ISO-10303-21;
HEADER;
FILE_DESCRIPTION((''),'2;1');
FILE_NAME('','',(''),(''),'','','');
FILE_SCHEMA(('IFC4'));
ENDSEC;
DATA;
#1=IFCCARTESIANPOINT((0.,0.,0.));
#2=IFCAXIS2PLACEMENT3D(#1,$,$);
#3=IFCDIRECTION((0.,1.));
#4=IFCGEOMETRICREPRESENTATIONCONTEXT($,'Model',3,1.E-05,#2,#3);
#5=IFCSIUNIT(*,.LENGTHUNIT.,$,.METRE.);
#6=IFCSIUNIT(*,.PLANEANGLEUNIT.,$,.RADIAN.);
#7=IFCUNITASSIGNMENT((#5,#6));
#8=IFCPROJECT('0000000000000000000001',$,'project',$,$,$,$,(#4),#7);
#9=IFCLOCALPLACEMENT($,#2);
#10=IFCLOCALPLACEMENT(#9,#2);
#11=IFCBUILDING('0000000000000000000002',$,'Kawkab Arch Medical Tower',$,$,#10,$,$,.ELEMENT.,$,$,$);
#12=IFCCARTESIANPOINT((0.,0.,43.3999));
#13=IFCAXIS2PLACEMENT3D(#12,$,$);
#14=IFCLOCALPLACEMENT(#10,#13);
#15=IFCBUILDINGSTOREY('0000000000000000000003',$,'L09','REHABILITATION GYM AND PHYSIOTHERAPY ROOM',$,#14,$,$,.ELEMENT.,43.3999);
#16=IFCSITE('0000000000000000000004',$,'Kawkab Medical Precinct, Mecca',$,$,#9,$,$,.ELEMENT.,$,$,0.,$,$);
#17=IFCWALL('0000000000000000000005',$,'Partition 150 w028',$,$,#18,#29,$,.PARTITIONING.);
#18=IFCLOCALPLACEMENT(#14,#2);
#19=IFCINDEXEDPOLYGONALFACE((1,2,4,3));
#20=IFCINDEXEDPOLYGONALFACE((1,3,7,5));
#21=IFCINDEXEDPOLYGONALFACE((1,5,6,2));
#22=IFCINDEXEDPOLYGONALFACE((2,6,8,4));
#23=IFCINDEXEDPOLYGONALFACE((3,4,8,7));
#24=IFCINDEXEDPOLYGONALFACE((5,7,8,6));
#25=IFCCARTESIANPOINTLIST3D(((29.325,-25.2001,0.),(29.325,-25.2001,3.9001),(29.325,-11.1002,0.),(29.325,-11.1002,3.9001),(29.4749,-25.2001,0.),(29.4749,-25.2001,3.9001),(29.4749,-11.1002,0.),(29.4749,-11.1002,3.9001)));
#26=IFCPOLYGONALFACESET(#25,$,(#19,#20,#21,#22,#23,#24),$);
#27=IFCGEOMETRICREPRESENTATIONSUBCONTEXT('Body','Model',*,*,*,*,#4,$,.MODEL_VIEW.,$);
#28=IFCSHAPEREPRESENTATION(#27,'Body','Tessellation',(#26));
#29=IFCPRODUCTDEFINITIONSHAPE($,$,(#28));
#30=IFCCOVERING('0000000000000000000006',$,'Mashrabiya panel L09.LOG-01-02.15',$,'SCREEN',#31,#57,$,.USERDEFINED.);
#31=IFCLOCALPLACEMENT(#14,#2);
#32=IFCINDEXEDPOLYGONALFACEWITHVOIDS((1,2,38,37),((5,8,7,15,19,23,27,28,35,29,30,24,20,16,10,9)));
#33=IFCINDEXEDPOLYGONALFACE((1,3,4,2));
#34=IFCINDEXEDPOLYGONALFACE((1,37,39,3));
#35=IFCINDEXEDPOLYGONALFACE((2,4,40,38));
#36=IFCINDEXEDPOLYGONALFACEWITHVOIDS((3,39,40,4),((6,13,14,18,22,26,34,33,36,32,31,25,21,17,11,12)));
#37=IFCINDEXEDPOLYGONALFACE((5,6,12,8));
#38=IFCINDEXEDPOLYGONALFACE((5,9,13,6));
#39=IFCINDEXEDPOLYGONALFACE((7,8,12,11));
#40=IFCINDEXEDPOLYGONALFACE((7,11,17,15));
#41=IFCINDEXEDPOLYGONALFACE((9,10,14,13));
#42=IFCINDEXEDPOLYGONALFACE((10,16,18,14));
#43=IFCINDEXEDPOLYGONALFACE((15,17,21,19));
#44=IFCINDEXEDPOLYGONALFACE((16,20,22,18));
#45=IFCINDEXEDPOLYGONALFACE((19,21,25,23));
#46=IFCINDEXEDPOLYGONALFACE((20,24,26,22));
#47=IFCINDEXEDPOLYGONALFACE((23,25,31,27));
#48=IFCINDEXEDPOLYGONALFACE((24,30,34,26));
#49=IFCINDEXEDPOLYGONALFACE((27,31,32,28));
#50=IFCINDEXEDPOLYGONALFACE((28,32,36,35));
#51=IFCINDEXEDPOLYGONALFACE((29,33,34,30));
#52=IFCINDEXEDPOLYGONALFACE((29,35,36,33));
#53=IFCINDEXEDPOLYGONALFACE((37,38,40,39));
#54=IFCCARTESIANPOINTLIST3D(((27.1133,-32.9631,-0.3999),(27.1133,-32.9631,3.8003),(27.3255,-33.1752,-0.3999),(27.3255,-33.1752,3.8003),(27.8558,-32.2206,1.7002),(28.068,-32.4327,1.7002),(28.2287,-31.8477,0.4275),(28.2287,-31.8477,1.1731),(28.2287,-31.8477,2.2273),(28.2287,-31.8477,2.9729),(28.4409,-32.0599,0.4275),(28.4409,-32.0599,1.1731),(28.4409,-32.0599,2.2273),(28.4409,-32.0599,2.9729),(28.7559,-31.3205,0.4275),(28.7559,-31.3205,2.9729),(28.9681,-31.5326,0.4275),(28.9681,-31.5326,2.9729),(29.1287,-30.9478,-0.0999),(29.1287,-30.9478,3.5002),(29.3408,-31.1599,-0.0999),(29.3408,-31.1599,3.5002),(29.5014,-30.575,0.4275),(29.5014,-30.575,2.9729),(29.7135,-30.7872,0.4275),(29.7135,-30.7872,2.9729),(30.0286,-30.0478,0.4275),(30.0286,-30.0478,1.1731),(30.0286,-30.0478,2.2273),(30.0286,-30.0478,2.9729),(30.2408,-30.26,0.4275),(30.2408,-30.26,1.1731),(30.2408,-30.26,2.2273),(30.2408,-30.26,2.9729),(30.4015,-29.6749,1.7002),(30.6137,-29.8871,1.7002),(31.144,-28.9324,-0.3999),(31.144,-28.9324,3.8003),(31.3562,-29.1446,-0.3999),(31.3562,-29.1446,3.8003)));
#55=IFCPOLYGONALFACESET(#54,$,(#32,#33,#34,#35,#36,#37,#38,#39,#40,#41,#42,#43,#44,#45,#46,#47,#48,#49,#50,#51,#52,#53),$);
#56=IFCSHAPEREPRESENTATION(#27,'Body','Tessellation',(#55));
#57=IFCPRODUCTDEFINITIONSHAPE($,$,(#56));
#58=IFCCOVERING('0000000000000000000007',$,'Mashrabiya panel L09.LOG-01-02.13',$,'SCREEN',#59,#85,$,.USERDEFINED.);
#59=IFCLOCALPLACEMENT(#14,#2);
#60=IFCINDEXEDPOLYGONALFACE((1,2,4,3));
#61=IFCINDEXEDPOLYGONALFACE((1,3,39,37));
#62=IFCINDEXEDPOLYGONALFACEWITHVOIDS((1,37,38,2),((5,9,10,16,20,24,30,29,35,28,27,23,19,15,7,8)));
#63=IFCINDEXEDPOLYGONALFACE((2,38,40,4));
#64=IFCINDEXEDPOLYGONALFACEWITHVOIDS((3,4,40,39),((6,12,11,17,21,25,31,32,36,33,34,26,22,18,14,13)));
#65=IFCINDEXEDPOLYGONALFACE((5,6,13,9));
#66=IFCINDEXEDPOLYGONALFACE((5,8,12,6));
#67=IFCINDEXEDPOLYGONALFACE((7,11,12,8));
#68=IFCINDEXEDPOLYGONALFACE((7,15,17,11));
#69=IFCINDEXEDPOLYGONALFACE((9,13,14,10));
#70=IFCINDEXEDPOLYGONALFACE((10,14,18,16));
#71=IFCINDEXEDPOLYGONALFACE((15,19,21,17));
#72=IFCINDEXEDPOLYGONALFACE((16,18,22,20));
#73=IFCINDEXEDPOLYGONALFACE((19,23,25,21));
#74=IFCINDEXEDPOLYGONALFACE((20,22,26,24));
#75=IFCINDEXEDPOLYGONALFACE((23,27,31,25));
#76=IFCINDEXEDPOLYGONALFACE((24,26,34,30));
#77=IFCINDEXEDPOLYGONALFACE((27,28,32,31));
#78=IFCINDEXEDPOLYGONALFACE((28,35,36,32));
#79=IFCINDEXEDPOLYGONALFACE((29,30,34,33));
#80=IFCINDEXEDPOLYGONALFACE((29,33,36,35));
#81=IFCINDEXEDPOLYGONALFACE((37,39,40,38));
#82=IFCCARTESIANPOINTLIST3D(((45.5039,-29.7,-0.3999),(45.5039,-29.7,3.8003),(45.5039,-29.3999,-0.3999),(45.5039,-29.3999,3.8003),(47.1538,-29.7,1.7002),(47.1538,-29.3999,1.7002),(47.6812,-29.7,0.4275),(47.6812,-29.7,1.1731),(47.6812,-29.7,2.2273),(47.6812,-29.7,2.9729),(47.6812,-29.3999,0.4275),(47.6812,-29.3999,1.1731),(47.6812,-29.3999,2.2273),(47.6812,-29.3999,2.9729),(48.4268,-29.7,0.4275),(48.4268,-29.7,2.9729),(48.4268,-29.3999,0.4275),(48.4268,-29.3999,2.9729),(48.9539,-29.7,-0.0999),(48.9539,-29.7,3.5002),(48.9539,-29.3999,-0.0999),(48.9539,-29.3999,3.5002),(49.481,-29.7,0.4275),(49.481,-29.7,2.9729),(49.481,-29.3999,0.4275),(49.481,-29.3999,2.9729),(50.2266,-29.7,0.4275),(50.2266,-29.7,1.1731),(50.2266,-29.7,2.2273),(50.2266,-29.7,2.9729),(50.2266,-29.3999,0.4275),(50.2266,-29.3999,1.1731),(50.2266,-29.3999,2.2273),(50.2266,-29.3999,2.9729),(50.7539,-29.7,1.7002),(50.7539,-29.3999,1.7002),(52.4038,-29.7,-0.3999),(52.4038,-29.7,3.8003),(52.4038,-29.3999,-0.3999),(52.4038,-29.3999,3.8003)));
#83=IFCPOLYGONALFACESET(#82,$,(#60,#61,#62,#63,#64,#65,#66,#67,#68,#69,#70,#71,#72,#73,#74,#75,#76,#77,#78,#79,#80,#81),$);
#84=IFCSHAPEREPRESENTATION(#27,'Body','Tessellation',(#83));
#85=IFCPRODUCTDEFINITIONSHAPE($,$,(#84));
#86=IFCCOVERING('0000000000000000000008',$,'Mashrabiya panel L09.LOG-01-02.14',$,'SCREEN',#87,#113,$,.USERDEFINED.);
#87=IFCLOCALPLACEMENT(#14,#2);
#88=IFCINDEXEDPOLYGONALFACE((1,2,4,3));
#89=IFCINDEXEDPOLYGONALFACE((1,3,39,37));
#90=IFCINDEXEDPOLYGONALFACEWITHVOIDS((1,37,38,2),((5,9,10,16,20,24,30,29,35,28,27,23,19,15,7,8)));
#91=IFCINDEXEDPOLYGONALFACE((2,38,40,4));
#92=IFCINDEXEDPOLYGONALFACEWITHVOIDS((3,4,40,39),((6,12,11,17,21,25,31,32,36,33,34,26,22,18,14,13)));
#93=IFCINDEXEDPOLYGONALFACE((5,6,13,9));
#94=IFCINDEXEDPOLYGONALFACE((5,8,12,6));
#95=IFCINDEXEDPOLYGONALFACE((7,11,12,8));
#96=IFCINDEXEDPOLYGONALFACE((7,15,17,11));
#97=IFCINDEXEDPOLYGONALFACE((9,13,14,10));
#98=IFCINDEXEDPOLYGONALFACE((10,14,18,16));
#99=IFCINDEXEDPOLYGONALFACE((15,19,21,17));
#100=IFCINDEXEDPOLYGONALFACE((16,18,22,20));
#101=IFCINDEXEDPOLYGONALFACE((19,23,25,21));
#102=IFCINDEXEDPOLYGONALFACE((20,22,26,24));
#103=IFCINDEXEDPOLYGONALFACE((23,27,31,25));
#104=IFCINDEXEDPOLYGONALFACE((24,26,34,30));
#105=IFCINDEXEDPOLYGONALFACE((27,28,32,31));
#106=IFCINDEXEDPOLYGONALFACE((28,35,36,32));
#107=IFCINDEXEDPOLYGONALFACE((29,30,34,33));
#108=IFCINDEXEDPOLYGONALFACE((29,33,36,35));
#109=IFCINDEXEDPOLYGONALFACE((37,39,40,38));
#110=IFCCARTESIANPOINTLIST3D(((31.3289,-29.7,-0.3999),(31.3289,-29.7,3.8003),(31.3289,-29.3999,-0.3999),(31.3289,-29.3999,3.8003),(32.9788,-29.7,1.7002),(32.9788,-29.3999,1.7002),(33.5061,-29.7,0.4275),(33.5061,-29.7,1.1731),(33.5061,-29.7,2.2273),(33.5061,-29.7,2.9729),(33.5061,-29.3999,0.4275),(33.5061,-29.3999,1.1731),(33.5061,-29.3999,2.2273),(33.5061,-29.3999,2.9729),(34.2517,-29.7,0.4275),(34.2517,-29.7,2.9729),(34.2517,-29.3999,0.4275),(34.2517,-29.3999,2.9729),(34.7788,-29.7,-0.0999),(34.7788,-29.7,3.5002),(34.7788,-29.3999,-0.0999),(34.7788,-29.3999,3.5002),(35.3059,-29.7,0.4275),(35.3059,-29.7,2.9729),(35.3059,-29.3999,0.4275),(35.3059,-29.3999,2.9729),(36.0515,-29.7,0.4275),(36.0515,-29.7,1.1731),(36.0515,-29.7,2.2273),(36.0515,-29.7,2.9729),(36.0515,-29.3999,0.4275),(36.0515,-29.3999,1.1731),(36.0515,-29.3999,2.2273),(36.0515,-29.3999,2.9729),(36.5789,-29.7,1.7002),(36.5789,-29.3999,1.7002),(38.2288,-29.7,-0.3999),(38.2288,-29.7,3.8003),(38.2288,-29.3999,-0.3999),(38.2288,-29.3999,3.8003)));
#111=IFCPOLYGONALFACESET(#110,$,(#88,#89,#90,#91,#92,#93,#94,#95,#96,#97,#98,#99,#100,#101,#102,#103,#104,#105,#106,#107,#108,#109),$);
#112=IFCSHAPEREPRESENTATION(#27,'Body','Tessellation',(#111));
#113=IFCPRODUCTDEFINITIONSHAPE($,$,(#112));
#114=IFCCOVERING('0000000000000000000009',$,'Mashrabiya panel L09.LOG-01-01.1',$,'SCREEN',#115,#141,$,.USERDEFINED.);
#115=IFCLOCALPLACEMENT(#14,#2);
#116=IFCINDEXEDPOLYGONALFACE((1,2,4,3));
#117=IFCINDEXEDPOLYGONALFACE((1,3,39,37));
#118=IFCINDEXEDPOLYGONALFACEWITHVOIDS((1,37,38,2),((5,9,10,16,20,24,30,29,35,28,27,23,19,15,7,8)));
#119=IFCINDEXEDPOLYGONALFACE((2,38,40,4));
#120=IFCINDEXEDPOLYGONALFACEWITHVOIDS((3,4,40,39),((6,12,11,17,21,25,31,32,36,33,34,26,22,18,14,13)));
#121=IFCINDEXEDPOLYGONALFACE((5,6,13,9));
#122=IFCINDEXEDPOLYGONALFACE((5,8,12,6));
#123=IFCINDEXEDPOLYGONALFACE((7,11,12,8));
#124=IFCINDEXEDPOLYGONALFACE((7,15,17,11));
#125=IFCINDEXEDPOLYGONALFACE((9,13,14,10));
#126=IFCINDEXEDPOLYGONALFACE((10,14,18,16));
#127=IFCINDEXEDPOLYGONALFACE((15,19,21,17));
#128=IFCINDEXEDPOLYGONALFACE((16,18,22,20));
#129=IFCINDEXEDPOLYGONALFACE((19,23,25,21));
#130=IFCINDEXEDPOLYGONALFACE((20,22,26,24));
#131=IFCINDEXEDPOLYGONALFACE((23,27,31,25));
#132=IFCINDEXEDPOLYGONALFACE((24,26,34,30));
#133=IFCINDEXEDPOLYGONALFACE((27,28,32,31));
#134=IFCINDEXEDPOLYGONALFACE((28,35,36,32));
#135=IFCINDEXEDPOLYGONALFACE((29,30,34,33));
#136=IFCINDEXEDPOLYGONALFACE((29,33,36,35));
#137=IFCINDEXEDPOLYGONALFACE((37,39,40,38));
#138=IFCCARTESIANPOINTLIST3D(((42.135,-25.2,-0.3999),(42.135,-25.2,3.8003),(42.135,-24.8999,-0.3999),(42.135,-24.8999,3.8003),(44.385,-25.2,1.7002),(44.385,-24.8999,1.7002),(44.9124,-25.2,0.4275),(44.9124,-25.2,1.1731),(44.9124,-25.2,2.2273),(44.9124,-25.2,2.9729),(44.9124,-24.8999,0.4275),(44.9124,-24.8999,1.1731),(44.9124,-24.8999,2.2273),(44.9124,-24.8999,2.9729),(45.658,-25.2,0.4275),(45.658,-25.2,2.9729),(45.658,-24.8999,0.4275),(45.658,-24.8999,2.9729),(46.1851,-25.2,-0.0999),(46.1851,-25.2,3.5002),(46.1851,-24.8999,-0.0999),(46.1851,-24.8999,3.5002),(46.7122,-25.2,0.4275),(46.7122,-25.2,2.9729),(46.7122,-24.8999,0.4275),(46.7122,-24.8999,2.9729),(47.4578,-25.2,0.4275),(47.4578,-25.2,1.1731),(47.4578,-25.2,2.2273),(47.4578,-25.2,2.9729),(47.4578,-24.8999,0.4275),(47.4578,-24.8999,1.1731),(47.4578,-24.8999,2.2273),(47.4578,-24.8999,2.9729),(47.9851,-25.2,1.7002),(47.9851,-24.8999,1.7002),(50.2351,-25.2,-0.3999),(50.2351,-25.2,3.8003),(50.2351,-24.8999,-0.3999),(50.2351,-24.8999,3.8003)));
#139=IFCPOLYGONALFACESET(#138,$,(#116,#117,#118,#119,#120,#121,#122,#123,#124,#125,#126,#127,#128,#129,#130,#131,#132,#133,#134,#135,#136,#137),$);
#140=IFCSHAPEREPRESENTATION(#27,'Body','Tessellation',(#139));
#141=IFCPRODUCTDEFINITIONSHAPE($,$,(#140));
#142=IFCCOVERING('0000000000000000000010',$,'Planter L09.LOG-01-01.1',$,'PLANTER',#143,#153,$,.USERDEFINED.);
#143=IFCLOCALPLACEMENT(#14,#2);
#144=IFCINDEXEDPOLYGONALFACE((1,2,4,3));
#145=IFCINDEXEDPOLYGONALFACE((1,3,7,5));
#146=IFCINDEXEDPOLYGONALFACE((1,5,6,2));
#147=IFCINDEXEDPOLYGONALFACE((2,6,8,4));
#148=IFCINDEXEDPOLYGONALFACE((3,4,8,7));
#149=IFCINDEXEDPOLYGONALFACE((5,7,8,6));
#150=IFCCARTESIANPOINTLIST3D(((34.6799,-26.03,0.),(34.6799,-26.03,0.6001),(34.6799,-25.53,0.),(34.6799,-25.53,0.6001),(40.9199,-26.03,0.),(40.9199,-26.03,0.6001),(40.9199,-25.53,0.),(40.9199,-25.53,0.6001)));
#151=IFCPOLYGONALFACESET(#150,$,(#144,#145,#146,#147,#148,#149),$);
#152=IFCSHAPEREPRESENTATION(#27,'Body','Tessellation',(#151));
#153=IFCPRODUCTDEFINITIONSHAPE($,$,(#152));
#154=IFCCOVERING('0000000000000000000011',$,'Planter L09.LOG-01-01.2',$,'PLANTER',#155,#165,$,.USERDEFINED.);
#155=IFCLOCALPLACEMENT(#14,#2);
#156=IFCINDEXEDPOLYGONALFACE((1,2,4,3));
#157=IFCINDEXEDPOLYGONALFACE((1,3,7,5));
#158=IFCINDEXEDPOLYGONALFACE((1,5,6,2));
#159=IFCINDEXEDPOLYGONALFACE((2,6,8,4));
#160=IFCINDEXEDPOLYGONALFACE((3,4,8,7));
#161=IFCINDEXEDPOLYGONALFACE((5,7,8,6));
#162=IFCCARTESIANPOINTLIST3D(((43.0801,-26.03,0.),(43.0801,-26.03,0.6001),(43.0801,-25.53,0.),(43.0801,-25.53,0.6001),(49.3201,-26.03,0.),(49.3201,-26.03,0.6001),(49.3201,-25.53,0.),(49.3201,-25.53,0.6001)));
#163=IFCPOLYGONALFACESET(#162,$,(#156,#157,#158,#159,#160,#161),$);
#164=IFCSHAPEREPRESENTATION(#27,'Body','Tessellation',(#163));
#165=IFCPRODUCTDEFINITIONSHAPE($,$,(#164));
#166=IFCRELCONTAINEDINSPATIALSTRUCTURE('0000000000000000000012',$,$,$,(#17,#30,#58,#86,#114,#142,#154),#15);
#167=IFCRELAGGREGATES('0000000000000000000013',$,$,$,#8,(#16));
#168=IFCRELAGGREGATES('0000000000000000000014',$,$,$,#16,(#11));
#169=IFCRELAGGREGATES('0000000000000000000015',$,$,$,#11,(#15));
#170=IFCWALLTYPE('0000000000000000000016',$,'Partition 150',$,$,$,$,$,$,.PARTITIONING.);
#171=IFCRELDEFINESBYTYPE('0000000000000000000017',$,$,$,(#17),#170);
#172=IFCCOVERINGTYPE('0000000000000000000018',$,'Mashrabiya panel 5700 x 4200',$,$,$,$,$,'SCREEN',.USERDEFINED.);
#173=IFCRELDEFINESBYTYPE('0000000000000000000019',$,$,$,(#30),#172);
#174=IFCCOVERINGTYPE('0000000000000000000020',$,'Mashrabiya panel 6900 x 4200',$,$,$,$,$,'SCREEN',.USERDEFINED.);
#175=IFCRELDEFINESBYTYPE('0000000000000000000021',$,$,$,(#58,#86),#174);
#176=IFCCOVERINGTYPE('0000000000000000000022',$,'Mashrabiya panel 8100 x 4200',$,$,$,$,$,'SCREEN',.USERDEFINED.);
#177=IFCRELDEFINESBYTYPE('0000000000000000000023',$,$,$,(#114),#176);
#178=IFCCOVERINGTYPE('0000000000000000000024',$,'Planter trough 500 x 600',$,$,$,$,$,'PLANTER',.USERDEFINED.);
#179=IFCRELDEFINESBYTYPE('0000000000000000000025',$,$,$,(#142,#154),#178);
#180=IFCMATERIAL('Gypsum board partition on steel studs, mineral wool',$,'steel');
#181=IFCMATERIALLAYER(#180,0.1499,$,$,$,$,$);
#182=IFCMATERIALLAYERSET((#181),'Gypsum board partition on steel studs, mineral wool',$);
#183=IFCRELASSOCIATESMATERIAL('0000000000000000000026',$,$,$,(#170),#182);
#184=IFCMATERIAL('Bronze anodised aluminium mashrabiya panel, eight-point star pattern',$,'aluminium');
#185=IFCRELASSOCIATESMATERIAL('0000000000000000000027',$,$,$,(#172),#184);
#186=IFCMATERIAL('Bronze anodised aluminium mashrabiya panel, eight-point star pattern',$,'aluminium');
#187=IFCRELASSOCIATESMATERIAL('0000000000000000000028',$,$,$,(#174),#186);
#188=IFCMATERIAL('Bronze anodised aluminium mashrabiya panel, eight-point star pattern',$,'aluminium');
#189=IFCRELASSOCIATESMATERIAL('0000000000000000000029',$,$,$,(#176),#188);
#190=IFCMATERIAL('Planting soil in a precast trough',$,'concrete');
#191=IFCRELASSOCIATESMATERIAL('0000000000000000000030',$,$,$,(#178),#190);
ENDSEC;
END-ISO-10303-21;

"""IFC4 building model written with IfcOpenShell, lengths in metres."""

from ifc_helpers import new_model, si_unit, direction, frame, frame_2d, origin, origin_2d, place, context, subcontext, project, spatial, polyline, rectangle, outline, extrude, material, layer, layer_set, material_profile, profile_set, type_object, element, save


model = new_model("IFC4")

# Units and contexts
model_context = context("Model", 3, precision=1e-05, world=origin(), true_north=direction((0.0, 1.0)))
body_context = subcontext(model_context, "Body", "Model", "MODEL_VIEW")
ifc_project = project(units=[si_unit("LENGTHUNIT", "METRE"), si_unit("PLANEANGLEUNIT", "RADIAN")], contexts=[model_context])

# Site, building, storey
site_placement = place(None, origin())
site = spatial("IfcSite", under=ifc_project, at=site_placement, Name="Kawkab Medical Precinct, Mecca", CompositionType="ELEMENT", RefElevation=0.0)
building_placement = place(site_placement, origin())
building = spatial("IfcBuilding", under=site, at=building_placement, Name="Kawkab Arch Medical Tower", CompositionType="ELEMENT")
storey_placement = place(building_placement, frame((0.0, 0.0, 43.3999)))
storey = spatial("IfcBuildingStorey", under=building, at=storey_placement, Name="L09", Description="REHABILITATION GYM AND PHYSIOTHERAPY ROOM", CompositionType="ELEMENT", Elevation=43.3999)

# Wall
ifc_material_1 = material(Name="Gypsum board partition on steel studs, mineral wool", Category="steel")
ifc_layer_1 = layer(ifc_material_1, 0.1499)
ifc_layer_set_1 = layer_set([ifc_layer_1], Name="Gypsum board partition on steel studs, mineral wool")
wall_type = type_object("IfcWallType", Name="Partition 150", PredefinedType="PARTITIONING", material=ifc_layer_set_1)
wall_1_placement = place(storey_placement, frame((29.3999, -25.2, 0.0), z_axis=(0.0, 0.0, 1.0), x_axis=(0.0, 1.0, 0.0)))
element("IfcWall", 1, at=wall_1_placement, inside=storey, type_object=wall_type, Name="Partition 150 w028", PredefinedType="PARTITIONING", context=body_context, shape_type="SweptSolid", body=[
    extrude(rectangle(XDim=14.0999, YDim=0.1499, at=frame_2d((7.0498, 0.0))), origin(), (0.0, 0.0, 1.0), 3.9001),
])

# Coverings
ifc_material_2 = material(Name="Bronze anodised aluminium mashrabiya panel, eight-point star pattern", Category="aluminium")
ifc_material_profile_1 = material_profile(ifc_material_2, outline(polyline([(-2.8501, -2.1001), (2.8501, -2.1001), (2.8501, 2.1001), (-2.8501, 2.1001), (-2.8501, -2.1001)]), holes=[polyline([(1.8, 0.0), (1.2727, 0.5271), (1.2727, 1.2727), (0.5271, 1.2727), (0.0, 1.8), (-0.5271, 1.2727), (-1.2727, 1.2727), (-1.2727, 0.5271), (-1.8, 0.0), (-1.2727, -0.5271), (-1.2727, -1.2727), (-0.5271, -1.2727), (0.0, -1.8), (0.5271, -1.2727), (1.2727, -1.2727), (1.2727, -0.5271), (1.8, 0.0)])]), Name="Mashrabiya panel 5700x4200")
ifc_profile_set_1 = profile_set([ifc_material_profile_1], Name="Bronze anodised aluminium mashrabiya panel, eight-point star pattern")
covering_type_1 = type_object("IfcCoveringType", Name="Mashrabiya panel 5700 x 4200", ElementType="SCREEN", PredefinedType="USERDEFINED", material=ifc_profile_set_1)
covering_1_placement = place(storey_placement, frame((29.1287, -30.9478, 1.7002), z_axis=(0.707107, -0.707107, 0.0), x_axis=(0.707107, 0.707107, 0.0)))
element("IfcCovering", 2, at=covering_1_placement, inside=storey, type_object=covering_type_1, Name="Mashrabiya panel L09.LOG-01-02.15", ObjectType="SCREEN", PredefinedType="USERDEFINED", context=body_context, shape_type="SweptSolid", body=[
    extrude(outline(polyline([(-2.8501, -2.1001), (2.8501, -2.1001), (2.8501, 2.1001), (-2.8501, 2.1001), (-2.8501, -2.1001)]), holes=[polyline([(1.8, 0.0), (1.2727, 0.5271), (1.2727, 1.2727), (0.5271, 1.2727), (0.0, 1.8), (-0.5271, 1.2727), (-1.2727, 1.2727), (-1.2727, 0.5271), (-1.8, 0.0), (-1.2727, -0.5271), (-1.2727, -1.2727), (-0.5271, -1.2727), (0.0, -1.8), (0.5271, -1.2727), (1.2727, -1.2727), (1.2727, -0.5271), (1.8, 0.0)])]), origin(), (0.0, 0.0, 1.0), 0.3),
])
ifc_material_3 = material(Name="Bronze anodised aluminium mashrabiya panel, eight-point star pattern", Category="aluminium")
ifc_material_profile_2 = material_profile(ifc_material_3, outline(polyline([(-3.45, -2.1001), (3.45, -2.1001), (3.45, 2.1001), (-3.45, 2.1001), (-3.45, -2.1001)]), holes=[polyline([(1.8, 0.0), (1.2727, 0.5271), (1.2727, 1.2727), (0.5271, 1.2727), (0.0, 1.8), (-0.5271, 1.2727), (-1.2727, 1.2727), (-1.2727, 0.5271), (-1.8, 0.0), (-1.2727, -0.5271), (-1.2727, -1.2727), (-0.5271, -1.2727), (0.0, -1.8), (0.5271, -1.2727), (1.2727, -1.2727), (1.2727, -0.5271), (1.8, 0.0)])]), Name="Mashrabiya panel 6900x4200")
ifc_profile_set_2 = profile_set([ifc_material_profile_2], Name="Bronze anodised aluminium mashrabiya panel, eight-point star pattern")
covering_type_2 = type_object("IfcCoveringType", Name="Mashrabiya panel 6900 x 4200", ElementType="SCREEN", PredefinedType="USERDEFINED", material=ifc_profile_set_2)
for number, where, z_axis, x_axis, name in (
    (3, (48.9539, -29.3999, 1.7002), (0.0, -1.0, 0.0), (1.0, 0.0, 0.0), "Mashrabiya panel L09.LOG-01-02.13"),
    (4, (34.7788, -29.3999, 1.7002), (0.0, -1.0, 0.0), (1.0, 0.0, 0.0), "Mashrabiya panel L09.LOG-01-02.14"),
):
    element("IfcCovering", number, at=place(storey_placement, frame(where, z_axis=z_axis, x_axis=x_axis)), inside=storey, type_object=covering_type_2, Name=name, ObjectType="SCREEN", PredefinedType="USERDEFINED", context=body_context, shape_type="SweptSolid", body=[
        extrude(outline(polyline([(-3.45, -2.1001), (3.45, -2.1001), (3.45, 2.1001), (-3.45, 2.1001), (-3.45, -2.1001)]), holes=[polyline([(1.8, 0.0), (1.2727, 0.5271), (1.2727, 1.2727), (0.5271, 1.2727), (0.0, 1.8), (-0.5271, 1.2727), (-1.2727, 1.2727), (-1.2727, 0.5271), (-1.8, 0.0), (-1.2727, -0.5271), (-1.2727, -1.2727), (-0.5271, -1.2727), (0.0, -1.8), (0.5271, -1.2727), (1.2727, -1.2727), (1.2727, -0.5271), (1.8, 0.0)])]), origin(), (0.0, 0.0, 1.0), 0.3),
    ])
ifc_material_4 = material(Name="Bronze anodised aluminium mashrabiya panel, eight-point star pattern", Category="aluminium")
ifc_material_profile_3 = material_profile(ifc_material_4, outline(polyline([(-4.05, -2.1001), (4.05, -2.1001), (4.05, 2.1001), (-4.05, 2.1001), (-4.05, -2.1001)]), holes=[polyline([(1.8, 0.0), (1.2727, 0.5271), (1.2727, 1.2727), (0.5271, 1.2727), (0.0, 1.8), (-0.5271, 1.2727), (-1.2727, 1.2727), (-1.2727, 0.5271), (-1.8, 0.0), (-1.2727, -0.5271), (-1.2727, -1.2727), (-0.5271, -1.2727), (0.0, -1.8), (0.5271, -1.2727), (1.2727, -1.2727), (1.2727, -0.5271), (1.8, 0.0)])]), Name="Mashrabiya panel 8100x4200")
ifc_profile_set_3 = profile_set([ifc_material_profile_3], Name="Bronze anodised aluminium mashrabiya panel, eight-point star pattern")
covering_type_3 = type_object("IfcCoveringType", Name="Mashrabiya panel 8100 x 4200", ElementType="SCREEN", PredefinedType="USERDEFINED", material=ifc_profile_set_3)
covering_2_placement = place(storey_placement, frame((46.1851, -25.2, 1.7002), z_axis=(0.0, 1.0, 0.0), x_axis=(-1.0, 0.0, 0.0)))
element("IfcCovering", 5, at=covering_2_placement, inside=storey, type_object=covering_type_3, Name="Mashrabiya panel L09.LOG-01-01.1", ObjectType="SCREEN", PredefinedType="USERDEFINED", context=body_context, shape_type="SweptSolid", body=[
    extrude(outline(polyline([(-4.05, -2.1001), (4.05, -2.1001), (4.05, 2.1001), (-4.05, 2.1001), (-4.05, -2.1001)]), holes=[polyline([(1.8, 0.0), (1.2727, 0.5271), (1.2727, 1.2727), (0.5271, 1.2727), (0.0, 1.8), (-0.5271, 1.2727), (-1.2727, 1.2727), (-1.2727, 0.5271), (-1.8, 0.0), (-1.2727, -0.5271), (-1.2727, -1.2727), (-0.5271, -1.2727), (0.0, -1.8), (0.5271, -1.2727), (1.2727, -1.2727), (1.2727, -0.5271), (1.8, 0.0)])]), origin(), (0.0, 0.0, 1.0), 0.3),
])
ifc_material_5 = material(Name="Planting soil in a precast trough", Category="concrete")
ifc_material_profile_4 = material_profile(ifc_material_5, rectangle(XDim=0.5, YDim=0.6001, at=origin_2d()), Name="Trough 500x600")
ifc_profile_set_4 = profile_set([ifc_material_profile_4], Name="Planting soil in a precast trough")
covering_type_4 = type_object("IfcCoveringType", Name="Planter trough 500 x 600", ElementType="PLANTER", PredefinedType="USERDEFINED", material=ifc_profile_set_4)
for number, where, z_axis, x_axis, name in (
    (6, (34.6799, -25.78, 0.3), (1.0, 0.0, 0.0), (0.0, 1.0, 0.0), "Planter L09.LOG-01-01.1"),
    (7, (43.0801, -25.78, 0.3), (1.0, 0.0, 0.0), (0.0, 1.0, 0.0), "Planter L09.LOG-01-01.2"),
):
    element("IfcCovering", number, at=place(storey_placement, frame(where, z_axis=z_axis, x_axis=x_axis)), inside=storey, type_object=covering_type_4, Name=name, ObjectType="PLANTER", PredefinedType="USERDEFINED", context=body_context, shape_type="SweptSolid", body=[
        extrude(rectangle(XDim=0.5, YDim=0.6001, at=origin_2d()), origin(), (0.0, 0.0, 1.0), 6.24),
    ])

save(model, "model.ifc")
